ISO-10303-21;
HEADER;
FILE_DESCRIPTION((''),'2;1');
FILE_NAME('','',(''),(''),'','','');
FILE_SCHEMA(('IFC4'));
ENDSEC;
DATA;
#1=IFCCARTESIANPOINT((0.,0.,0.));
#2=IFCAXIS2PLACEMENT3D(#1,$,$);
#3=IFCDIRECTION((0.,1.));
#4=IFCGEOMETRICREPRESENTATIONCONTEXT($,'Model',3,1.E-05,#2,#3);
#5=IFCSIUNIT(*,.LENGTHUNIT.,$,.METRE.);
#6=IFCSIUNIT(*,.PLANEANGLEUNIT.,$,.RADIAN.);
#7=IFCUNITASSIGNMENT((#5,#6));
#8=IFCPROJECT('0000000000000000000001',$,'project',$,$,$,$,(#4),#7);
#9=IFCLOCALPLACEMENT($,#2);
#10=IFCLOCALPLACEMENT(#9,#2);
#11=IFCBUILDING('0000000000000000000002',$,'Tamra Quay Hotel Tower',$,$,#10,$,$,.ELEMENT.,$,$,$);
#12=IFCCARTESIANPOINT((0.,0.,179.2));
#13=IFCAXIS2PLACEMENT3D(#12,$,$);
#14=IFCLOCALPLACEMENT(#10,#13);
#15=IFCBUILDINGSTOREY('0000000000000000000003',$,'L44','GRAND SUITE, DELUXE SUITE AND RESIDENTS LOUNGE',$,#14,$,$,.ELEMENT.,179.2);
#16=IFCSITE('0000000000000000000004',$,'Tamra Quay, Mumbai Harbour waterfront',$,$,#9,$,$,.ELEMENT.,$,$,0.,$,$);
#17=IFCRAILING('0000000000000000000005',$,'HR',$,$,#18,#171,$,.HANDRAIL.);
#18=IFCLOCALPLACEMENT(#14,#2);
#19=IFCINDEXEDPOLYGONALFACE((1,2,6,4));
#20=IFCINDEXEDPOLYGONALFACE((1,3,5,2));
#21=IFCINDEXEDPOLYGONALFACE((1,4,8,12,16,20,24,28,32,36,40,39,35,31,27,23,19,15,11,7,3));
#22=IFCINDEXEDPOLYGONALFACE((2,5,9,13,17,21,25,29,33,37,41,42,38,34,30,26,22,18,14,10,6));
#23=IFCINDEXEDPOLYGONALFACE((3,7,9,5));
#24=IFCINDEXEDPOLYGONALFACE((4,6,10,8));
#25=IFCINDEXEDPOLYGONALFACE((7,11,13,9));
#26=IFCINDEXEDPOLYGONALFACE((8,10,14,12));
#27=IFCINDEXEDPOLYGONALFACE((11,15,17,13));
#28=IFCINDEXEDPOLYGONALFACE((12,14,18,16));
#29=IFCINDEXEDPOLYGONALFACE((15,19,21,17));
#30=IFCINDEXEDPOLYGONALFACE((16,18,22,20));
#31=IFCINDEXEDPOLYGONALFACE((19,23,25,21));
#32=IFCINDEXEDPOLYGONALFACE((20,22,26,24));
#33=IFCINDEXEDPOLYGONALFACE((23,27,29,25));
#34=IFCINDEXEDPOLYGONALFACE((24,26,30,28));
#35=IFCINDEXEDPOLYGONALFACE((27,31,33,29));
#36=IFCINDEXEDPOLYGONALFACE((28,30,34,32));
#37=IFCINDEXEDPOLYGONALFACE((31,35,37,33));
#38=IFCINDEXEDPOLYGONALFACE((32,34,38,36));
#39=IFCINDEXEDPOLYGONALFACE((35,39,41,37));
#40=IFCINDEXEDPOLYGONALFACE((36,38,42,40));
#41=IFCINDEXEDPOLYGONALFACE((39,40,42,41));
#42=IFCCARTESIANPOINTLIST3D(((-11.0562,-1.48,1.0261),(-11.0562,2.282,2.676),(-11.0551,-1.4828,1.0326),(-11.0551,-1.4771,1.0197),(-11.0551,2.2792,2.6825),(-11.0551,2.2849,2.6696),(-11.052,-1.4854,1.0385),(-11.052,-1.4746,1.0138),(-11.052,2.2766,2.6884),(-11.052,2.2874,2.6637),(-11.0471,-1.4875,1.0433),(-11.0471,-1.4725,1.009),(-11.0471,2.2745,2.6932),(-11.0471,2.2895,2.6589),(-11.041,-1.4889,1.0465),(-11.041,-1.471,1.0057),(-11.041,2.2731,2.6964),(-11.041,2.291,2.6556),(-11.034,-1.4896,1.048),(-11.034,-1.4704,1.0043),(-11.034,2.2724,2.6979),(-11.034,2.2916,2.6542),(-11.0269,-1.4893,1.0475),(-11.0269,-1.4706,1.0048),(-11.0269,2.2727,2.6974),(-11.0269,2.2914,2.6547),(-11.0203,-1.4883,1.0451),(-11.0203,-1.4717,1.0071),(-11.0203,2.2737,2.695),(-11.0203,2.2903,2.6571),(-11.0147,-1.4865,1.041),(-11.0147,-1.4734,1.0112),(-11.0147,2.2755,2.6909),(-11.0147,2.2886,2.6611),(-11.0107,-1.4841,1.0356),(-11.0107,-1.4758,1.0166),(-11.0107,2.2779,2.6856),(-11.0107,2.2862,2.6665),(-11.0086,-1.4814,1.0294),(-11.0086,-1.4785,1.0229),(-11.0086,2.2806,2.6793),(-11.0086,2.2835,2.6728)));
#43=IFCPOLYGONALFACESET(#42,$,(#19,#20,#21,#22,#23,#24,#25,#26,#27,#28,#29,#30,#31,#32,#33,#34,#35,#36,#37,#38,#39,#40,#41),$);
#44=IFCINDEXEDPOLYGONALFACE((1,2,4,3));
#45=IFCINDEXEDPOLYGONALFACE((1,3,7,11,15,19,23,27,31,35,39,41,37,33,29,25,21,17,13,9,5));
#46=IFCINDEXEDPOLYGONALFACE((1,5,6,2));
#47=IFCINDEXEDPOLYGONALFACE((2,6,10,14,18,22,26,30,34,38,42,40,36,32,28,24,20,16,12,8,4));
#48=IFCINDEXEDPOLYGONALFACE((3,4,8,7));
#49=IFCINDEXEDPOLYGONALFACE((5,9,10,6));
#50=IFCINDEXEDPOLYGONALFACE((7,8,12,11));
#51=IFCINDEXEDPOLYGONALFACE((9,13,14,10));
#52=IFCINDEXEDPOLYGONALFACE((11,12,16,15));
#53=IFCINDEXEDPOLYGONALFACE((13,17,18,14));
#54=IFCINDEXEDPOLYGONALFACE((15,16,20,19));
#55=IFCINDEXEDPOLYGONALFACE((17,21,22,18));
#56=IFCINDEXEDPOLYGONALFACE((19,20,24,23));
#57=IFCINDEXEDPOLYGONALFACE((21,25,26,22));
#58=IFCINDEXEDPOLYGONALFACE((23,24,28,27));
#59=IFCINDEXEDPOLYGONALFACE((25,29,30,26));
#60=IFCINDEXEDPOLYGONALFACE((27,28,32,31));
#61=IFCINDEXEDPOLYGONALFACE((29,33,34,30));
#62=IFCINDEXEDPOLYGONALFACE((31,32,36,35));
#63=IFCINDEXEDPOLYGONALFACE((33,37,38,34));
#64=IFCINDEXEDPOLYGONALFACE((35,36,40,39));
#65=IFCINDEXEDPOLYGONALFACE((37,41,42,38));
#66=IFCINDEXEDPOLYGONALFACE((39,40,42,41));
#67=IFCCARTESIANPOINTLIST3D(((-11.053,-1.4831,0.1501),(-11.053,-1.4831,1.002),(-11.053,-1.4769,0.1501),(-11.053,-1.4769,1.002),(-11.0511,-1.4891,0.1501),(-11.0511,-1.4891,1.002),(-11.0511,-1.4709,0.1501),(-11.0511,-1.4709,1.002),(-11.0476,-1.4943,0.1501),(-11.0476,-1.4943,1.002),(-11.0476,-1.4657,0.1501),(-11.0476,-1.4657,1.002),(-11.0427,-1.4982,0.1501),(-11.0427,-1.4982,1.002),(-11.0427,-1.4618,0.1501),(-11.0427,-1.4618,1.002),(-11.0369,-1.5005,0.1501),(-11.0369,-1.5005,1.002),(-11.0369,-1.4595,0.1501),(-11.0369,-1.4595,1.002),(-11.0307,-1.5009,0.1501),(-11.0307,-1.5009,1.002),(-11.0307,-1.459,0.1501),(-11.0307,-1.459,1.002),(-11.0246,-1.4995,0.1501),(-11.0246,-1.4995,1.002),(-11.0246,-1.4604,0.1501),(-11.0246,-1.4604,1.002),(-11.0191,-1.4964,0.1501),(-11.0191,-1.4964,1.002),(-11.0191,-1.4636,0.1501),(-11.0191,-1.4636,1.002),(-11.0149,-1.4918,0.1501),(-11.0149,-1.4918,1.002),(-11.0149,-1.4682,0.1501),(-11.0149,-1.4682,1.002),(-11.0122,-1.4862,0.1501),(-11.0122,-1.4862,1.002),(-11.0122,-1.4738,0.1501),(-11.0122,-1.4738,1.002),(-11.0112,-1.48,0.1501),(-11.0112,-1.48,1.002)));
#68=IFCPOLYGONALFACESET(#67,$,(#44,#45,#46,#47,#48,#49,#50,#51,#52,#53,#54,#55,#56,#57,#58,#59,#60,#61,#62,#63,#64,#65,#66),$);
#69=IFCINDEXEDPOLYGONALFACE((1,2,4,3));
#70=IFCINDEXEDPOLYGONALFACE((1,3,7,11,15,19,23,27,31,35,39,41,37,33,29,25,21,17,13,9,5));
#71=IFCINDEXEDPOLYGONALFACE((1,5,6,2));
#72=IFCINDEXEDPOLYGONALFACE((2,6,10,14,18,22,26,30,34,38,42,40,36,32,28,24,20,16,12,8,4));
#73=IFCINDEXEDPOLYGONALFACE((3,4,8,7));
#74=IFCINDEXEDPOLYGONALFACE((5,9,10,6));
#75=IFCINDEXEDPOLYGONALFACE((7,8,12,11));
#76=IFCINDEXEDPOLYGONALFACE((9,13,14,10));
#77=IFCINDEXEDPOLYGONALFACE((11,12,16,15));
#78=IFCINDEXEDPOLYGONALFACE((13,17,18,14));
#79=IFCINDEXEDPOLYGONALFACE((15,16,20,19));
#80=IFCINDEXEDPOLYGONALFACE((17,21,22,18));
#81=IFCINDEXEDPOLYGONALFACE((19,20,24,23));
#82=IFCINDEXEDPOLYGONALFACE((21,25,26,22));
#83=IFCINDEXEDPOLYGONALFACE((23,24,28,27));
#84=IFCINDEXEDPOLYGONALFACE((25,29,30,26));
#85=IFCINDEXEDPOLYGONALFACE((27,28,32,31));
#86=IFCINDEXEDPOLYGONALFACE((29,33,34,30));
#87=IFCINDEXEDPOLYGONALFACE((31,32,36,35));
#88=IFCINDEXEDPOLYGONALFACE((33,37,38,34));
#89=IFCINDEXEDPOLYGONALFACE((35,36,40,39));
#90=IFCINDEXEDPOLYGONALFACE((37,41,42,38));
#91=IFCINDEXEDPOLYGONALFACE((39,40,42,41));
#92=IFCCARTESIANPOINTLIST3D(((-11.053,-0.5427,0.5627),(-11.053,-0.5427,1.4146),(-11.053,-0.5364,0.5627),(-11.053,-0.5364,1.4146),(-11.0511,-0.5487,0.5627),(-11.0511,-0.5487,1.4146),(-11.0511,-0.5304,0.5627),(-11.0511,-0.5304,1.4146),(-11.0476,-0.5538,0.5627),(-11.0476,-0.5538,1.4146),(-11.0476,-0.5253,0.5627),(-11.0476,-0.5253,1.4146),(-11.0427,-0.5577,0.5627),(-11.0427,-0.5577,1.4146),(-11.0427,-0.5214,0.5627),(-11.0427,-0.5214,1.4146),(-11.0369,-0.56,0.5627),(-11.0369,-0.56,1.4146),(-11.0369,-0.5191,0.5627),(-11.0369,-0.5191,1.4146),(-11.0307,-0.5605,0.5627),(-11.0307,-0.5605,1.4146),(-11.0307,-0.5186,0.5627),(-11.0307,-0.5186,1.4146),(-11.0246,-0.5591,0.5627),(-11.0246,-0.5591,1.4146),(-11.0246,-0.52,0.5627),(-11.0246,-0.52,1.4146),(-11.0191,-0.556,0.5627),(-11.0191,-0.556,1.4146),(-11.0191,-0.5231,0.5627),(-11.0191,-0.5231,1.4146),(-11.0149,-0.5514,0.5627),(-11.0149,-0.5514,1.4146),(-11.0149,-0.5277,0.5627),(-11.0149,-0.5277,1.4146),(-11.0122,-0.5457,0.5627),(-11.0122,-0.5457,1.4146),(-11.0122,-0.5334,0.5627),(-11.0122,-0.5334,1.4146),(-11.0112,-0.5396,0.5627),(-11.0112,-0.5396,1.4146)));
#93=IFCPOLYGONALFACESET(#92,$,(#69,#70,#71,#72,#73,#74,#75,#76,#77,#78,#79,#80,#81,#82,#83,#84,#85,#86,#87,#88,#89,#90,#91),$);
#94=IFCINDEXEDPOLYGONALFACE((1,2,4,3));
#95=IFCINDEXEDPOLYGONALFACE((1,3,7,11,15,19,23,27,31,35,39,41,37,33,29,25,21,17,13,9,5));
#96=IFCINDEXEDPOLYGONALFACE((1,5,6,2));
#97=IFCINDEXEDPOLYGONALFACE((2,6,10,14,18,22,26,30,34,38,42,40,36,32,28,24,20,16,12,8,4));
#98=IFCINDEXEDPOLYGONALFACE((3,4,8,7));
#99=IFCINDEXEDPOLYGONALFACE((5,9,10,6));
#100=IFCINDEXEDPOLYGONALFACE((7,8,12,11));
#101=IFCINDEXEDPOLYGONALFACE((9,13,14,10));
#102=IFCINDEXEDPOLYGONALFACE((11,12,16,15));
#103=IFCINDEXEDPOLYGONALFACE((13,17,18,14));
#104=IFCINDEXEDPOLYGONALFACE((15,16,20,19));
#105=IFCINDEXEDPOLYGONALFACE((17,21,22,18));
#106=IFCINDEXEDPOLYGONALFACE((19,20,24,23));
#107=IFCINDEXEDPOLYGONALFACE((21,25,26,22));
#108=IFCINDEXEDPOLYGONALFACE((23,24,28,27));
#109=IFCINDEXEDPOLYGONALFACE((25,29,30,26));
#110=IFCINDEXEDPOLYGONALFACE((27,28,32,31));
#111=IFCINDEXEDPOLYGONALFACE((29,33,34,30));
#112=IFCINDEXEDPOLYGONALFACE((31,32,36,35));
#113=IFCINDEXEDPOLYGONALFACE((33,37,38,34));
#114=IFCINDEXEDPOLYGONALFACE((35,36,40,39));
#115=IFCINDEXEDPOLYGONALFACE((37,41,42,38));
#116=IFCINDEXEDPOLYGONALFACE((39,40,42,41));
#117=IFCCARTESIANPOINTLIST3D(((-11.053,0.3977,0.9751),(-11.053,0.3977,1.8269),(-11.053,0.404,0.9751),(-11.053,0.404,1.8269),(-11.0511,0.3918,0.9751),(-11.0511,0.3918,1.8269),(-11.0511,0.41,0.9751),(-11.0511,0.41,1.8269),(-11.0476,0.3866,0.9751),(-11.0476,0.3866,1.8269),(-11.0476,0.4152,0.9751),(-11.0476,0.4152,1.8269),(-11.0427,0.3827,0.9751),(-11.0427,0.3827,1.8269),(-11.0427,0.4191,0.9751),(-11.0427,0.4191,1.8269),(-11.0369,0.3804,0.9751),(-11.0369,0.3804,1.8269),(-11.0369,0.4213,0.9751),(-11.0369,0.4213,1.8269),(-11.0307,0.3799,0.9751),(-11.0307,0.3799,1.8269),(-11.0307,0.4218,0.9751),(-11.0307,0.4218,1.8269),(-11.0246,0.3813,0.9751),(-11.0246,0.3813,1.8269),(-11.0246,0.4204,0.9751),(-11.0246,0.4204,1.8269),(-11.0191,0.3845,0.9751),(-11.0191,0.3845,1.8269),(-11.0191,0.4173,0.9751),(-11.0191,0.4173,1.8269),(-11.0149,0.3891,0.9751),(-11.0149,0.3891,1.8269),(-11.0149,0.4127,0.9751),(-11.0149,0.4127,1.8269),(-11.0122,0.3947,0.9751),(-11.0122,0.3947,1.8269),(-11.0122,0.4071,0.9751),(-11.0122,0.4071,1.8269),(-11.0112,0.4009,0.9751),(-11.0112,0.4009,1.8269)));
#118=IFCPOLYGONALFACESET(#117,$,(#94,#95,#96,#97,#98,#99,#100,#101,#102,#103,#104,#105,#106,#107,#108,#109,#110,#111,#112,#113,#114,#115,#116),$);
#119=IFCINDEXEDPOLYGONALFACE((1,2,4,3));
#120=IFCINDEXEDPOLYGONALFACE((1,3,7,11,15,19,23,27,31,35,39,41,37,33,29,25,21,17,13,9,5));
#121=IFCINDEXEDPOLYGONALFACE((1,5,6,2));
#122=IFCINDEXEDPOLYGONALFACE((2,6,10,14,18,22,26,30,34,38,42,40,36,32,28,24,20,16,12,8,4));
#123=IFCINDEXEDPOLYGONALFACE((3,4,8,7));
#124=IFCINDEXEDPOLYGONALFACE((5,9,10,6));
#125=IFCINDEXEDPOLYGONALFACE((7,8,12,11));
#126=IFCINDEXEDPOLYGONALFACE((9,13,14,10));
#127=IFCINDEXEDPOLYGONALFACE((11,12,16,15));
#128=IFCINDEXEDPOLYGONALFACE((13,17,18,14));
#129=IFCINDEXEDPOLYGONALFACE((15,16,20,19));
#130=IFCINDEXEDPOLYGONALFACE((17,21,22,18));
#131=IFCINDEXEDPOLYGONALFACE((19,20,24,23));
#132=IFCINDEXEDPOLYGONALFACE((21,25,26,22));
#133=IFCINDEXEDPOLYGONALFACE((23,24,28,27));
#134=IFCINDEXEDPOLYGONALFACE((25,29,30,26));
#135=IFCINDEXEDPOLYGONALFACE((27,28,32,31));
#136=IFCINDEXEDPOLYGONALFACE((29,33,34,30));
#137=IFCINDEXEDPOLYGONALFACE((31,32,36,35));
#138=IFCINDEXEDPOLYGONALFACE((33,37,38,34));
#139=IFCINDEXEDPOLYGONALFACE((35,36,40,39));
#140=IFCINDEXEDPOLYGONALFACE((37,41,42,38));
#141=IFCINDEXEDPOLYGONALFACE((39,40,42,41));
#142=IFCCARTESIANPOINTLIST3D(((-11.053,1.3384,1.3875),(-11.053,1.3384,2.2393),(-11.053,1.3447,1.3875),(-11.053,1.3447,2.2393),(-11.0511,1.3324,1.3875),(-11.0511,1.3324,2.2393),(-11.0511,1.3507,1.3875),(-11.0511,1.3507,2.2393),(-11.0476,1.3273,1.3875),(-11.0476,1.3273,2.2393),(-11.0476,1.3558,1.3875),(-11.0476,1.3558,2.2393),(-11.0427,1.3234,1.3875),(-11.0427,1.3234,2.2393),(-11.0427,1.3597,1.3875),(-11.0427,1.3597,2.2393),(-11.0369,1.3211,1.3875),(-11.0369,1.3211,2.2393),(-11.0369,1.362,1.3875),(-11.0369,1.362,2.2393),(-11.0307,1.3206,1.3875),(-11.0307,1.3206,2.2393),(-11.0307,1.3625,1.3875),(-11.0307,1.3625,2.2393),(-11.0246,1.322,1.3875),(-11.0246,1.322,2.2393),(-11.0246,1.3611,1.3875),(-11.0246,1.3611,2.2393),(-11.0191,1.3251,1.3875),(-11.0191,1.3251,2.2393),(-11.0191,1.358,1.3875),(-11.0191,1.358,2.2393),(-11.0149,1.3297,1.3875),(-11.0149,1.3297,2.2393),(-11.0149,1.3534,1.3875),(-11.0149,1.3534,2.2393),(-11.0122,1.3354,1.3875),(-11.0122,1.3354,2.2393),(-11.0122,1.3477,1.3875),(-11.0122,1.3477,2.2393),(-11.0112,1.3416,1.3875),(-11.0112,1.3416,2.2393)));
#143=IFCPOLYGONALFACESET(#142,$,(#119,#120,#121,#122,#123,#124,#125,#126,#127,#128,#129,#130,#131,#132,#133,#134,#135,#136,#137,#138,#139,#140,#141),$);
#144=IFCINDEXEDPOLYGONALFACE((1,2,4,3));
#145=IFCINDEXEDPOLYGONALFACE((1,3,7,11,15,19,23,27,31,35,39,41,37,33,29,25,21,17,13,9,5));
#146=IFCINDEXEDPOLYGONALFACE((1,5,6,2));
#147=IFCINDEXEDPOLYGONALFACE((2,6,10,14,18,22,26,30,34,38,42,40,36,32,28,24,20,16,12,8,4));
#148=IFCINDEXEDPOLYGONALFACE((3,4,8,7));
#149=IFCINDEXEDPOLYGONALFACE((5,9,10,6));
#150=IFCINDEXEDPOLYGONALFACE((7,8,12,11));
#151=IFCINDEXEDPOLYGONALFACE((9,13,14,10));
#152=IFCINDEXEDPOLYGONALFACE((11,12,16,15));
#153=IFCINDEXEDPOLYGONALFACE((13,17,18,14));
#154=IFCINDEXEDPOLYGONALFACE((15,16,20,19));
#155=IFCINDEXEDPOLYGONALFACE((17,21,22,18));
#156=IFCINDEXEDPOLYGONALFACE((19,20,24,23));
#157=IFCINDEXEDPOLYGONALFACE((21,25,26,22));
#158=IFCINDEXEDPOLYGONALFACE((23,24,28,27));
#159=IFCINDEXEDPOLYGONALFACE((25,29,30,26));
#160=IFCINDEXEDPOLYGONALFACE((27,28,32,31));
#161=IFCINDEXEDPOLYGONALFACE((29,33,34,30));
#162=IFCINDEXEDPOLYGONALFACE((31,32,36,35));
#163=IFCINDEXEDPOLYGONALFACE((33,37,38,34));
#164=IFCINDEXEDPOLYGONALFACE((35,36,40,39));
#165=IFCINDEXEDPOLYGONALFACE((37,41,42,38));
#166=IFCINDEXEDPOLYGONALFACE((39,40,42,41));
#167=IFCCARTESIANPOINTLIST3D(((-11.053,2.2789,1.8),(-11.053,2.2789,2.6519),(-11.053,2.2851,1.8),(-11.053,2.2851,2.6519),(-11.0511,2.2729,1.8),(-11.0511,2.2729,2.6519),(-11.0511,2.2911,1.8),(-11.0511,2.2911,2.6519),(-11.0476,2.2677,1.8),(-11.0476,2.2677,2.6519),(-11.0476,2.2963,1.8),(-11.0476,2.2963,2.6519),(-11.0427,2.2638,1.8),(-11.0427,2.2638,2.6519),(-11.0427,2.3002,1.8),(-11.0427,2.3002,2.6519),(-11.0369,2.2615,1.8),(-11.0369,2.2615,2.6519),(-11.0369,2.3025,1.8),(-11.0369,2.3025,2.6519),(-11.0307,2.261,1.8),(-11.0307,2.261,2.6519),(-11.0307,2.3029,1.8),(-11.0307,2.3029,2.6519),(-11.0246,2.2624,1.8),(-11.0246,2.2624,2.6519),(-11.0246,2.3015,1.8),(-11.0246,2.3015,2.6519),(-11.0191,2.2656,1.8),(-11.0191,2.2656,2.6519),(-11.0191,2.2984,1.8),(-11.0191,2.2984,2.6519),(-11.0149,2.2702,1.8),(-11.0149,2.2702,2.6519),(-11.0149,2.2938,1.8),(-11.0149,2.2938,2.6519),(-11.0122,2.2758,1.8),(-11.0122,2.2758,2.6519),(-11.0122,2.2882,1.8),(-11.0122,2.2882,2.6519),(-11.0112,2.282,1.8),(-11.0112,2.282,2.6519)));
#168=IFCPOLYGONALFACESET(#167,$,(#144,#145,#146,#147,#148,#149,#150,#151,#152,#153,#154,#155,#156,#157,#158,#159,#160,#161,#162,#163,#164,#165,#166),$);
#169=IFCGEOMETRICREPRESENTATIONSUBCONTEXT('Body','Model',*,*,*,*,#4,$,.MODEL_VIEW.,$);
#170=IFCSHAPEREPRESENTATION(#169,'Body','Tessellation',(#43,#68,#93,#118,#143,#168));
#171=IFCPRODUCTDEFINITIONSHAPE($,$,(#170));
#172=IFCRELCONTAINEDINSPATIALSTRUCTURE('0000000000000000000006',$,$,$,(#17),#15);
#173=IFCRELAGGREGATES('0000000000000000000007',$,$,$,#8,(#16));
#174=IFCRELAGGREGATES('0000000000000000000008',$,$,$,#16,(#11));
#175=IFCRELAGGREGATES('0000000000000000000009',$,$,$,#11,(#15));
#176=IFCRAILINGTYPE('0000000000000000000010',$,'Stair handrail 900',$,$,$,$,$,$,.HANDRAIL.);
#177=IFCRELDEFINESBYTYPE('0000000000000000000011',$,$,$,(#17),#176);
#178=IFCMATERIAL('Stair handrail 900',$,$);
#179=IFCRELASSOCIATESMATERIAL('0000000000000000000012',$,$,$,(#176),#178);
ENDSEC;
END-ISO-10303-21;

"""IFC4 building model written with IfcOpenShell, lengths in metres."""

from ifc_helpers import new_model, si_unit, direction, frame, origin, origin_2d, place, context, subcontext, project, spatial, circle, extrude, material, type_object, element, save


model = new_model("IFC4")

# Units and contexts
model_context = context("Model", 3, precision=1e-05, world=origin(), true_north=direction((0.0, 1.0)))
body_context = subcontext(model_context, "Body", "Model", "MODEL_VIEW")
ifc_project = project(units=[si_unit("LENGTHUNIT", "METRE"), si_unit("PLANEANGLEUNIT", "RADIAN")], contexts=[model_context])

# Site, building, storey
site_placement = place(None, origin())
site = spatial("IfcSite", under=ifc_project, at=site_placement, Name="Tamra Quay, Mumbai Harbour waterfront", CompositionType="ELEMENT", RefElevation=0.0)
building_placement = place(site_placement, origin())
building = spatial("IfcBuilding", under=site, at=building_placement, Name="Tamra Quay Hotel Tower", CompositionType="ELEMENT")
storey_placement = place(building_placement, frame((0.0, 0.0, 179.2)))
storey = spatial("IfcBuildingStorey", under=building, at=storey_placement, Name="L44", Description="GRAND SUITE, DELUXE SUITE AND RESIDENTS LOUNGE", CompositionType="ELEMENT", Elevation=179.2)

# Railing
ifc_material_1 = material(Name="Stair handrail 900")
railing_type = type_object("IfcRailingType", Name="Stair handrail 900", PredefinedType="HANDRAIL", material=ifc_material_1)
railing_placement = place(storey_placement, frame((-11.0322, -1.48, 0.1501)))
element("IfcRailing", 1, at=railing_placement, inside=storey, type_object=railing_type, Name="HR", PredefinedType="HANDRAIL", context=body_context, shape_type="SweptSolid", body=[
    extrude(circle(Radius=0.0239, at=origin_2d()), frame((0.0, 0.0, 0.876), z_axis=(0.0, 0.915795, 0.401645), x_axis=(-1.0, 0.0, 0.0)), (0.0, 0.0, 1.0), 4.1079),
    extrude(circle(Radius=0.021, at=origin_2d()), origin(), (0.0, 0.0, 1.0), 0.8518),
    extrude(circle(Radius=0.021, at=origin_2d()), frame((0.0, 0.9404, 0.4126)), (0.0, 0.0, 1.0), 0.8518),
    extrude(circle(Radius=0.021, at=origin_2d()), frame((0.0, 1.8809, 0.825)), (0.0, 0.0, 1.0), 0.8518),
    extrude(circle(Radius=0.021, at=origin_2d()), frame((0.0, 2.8215, 1.2373)), (0.0, 0.0, 1.0), 0.8518),
    extrude(circle(Radius=0.021, at=origin_2d()), frame((0.0, 3.762, 1.6499)), (0.0, 0.0, 1.0), 0.8518),
])

save(model, "model.ifc")
